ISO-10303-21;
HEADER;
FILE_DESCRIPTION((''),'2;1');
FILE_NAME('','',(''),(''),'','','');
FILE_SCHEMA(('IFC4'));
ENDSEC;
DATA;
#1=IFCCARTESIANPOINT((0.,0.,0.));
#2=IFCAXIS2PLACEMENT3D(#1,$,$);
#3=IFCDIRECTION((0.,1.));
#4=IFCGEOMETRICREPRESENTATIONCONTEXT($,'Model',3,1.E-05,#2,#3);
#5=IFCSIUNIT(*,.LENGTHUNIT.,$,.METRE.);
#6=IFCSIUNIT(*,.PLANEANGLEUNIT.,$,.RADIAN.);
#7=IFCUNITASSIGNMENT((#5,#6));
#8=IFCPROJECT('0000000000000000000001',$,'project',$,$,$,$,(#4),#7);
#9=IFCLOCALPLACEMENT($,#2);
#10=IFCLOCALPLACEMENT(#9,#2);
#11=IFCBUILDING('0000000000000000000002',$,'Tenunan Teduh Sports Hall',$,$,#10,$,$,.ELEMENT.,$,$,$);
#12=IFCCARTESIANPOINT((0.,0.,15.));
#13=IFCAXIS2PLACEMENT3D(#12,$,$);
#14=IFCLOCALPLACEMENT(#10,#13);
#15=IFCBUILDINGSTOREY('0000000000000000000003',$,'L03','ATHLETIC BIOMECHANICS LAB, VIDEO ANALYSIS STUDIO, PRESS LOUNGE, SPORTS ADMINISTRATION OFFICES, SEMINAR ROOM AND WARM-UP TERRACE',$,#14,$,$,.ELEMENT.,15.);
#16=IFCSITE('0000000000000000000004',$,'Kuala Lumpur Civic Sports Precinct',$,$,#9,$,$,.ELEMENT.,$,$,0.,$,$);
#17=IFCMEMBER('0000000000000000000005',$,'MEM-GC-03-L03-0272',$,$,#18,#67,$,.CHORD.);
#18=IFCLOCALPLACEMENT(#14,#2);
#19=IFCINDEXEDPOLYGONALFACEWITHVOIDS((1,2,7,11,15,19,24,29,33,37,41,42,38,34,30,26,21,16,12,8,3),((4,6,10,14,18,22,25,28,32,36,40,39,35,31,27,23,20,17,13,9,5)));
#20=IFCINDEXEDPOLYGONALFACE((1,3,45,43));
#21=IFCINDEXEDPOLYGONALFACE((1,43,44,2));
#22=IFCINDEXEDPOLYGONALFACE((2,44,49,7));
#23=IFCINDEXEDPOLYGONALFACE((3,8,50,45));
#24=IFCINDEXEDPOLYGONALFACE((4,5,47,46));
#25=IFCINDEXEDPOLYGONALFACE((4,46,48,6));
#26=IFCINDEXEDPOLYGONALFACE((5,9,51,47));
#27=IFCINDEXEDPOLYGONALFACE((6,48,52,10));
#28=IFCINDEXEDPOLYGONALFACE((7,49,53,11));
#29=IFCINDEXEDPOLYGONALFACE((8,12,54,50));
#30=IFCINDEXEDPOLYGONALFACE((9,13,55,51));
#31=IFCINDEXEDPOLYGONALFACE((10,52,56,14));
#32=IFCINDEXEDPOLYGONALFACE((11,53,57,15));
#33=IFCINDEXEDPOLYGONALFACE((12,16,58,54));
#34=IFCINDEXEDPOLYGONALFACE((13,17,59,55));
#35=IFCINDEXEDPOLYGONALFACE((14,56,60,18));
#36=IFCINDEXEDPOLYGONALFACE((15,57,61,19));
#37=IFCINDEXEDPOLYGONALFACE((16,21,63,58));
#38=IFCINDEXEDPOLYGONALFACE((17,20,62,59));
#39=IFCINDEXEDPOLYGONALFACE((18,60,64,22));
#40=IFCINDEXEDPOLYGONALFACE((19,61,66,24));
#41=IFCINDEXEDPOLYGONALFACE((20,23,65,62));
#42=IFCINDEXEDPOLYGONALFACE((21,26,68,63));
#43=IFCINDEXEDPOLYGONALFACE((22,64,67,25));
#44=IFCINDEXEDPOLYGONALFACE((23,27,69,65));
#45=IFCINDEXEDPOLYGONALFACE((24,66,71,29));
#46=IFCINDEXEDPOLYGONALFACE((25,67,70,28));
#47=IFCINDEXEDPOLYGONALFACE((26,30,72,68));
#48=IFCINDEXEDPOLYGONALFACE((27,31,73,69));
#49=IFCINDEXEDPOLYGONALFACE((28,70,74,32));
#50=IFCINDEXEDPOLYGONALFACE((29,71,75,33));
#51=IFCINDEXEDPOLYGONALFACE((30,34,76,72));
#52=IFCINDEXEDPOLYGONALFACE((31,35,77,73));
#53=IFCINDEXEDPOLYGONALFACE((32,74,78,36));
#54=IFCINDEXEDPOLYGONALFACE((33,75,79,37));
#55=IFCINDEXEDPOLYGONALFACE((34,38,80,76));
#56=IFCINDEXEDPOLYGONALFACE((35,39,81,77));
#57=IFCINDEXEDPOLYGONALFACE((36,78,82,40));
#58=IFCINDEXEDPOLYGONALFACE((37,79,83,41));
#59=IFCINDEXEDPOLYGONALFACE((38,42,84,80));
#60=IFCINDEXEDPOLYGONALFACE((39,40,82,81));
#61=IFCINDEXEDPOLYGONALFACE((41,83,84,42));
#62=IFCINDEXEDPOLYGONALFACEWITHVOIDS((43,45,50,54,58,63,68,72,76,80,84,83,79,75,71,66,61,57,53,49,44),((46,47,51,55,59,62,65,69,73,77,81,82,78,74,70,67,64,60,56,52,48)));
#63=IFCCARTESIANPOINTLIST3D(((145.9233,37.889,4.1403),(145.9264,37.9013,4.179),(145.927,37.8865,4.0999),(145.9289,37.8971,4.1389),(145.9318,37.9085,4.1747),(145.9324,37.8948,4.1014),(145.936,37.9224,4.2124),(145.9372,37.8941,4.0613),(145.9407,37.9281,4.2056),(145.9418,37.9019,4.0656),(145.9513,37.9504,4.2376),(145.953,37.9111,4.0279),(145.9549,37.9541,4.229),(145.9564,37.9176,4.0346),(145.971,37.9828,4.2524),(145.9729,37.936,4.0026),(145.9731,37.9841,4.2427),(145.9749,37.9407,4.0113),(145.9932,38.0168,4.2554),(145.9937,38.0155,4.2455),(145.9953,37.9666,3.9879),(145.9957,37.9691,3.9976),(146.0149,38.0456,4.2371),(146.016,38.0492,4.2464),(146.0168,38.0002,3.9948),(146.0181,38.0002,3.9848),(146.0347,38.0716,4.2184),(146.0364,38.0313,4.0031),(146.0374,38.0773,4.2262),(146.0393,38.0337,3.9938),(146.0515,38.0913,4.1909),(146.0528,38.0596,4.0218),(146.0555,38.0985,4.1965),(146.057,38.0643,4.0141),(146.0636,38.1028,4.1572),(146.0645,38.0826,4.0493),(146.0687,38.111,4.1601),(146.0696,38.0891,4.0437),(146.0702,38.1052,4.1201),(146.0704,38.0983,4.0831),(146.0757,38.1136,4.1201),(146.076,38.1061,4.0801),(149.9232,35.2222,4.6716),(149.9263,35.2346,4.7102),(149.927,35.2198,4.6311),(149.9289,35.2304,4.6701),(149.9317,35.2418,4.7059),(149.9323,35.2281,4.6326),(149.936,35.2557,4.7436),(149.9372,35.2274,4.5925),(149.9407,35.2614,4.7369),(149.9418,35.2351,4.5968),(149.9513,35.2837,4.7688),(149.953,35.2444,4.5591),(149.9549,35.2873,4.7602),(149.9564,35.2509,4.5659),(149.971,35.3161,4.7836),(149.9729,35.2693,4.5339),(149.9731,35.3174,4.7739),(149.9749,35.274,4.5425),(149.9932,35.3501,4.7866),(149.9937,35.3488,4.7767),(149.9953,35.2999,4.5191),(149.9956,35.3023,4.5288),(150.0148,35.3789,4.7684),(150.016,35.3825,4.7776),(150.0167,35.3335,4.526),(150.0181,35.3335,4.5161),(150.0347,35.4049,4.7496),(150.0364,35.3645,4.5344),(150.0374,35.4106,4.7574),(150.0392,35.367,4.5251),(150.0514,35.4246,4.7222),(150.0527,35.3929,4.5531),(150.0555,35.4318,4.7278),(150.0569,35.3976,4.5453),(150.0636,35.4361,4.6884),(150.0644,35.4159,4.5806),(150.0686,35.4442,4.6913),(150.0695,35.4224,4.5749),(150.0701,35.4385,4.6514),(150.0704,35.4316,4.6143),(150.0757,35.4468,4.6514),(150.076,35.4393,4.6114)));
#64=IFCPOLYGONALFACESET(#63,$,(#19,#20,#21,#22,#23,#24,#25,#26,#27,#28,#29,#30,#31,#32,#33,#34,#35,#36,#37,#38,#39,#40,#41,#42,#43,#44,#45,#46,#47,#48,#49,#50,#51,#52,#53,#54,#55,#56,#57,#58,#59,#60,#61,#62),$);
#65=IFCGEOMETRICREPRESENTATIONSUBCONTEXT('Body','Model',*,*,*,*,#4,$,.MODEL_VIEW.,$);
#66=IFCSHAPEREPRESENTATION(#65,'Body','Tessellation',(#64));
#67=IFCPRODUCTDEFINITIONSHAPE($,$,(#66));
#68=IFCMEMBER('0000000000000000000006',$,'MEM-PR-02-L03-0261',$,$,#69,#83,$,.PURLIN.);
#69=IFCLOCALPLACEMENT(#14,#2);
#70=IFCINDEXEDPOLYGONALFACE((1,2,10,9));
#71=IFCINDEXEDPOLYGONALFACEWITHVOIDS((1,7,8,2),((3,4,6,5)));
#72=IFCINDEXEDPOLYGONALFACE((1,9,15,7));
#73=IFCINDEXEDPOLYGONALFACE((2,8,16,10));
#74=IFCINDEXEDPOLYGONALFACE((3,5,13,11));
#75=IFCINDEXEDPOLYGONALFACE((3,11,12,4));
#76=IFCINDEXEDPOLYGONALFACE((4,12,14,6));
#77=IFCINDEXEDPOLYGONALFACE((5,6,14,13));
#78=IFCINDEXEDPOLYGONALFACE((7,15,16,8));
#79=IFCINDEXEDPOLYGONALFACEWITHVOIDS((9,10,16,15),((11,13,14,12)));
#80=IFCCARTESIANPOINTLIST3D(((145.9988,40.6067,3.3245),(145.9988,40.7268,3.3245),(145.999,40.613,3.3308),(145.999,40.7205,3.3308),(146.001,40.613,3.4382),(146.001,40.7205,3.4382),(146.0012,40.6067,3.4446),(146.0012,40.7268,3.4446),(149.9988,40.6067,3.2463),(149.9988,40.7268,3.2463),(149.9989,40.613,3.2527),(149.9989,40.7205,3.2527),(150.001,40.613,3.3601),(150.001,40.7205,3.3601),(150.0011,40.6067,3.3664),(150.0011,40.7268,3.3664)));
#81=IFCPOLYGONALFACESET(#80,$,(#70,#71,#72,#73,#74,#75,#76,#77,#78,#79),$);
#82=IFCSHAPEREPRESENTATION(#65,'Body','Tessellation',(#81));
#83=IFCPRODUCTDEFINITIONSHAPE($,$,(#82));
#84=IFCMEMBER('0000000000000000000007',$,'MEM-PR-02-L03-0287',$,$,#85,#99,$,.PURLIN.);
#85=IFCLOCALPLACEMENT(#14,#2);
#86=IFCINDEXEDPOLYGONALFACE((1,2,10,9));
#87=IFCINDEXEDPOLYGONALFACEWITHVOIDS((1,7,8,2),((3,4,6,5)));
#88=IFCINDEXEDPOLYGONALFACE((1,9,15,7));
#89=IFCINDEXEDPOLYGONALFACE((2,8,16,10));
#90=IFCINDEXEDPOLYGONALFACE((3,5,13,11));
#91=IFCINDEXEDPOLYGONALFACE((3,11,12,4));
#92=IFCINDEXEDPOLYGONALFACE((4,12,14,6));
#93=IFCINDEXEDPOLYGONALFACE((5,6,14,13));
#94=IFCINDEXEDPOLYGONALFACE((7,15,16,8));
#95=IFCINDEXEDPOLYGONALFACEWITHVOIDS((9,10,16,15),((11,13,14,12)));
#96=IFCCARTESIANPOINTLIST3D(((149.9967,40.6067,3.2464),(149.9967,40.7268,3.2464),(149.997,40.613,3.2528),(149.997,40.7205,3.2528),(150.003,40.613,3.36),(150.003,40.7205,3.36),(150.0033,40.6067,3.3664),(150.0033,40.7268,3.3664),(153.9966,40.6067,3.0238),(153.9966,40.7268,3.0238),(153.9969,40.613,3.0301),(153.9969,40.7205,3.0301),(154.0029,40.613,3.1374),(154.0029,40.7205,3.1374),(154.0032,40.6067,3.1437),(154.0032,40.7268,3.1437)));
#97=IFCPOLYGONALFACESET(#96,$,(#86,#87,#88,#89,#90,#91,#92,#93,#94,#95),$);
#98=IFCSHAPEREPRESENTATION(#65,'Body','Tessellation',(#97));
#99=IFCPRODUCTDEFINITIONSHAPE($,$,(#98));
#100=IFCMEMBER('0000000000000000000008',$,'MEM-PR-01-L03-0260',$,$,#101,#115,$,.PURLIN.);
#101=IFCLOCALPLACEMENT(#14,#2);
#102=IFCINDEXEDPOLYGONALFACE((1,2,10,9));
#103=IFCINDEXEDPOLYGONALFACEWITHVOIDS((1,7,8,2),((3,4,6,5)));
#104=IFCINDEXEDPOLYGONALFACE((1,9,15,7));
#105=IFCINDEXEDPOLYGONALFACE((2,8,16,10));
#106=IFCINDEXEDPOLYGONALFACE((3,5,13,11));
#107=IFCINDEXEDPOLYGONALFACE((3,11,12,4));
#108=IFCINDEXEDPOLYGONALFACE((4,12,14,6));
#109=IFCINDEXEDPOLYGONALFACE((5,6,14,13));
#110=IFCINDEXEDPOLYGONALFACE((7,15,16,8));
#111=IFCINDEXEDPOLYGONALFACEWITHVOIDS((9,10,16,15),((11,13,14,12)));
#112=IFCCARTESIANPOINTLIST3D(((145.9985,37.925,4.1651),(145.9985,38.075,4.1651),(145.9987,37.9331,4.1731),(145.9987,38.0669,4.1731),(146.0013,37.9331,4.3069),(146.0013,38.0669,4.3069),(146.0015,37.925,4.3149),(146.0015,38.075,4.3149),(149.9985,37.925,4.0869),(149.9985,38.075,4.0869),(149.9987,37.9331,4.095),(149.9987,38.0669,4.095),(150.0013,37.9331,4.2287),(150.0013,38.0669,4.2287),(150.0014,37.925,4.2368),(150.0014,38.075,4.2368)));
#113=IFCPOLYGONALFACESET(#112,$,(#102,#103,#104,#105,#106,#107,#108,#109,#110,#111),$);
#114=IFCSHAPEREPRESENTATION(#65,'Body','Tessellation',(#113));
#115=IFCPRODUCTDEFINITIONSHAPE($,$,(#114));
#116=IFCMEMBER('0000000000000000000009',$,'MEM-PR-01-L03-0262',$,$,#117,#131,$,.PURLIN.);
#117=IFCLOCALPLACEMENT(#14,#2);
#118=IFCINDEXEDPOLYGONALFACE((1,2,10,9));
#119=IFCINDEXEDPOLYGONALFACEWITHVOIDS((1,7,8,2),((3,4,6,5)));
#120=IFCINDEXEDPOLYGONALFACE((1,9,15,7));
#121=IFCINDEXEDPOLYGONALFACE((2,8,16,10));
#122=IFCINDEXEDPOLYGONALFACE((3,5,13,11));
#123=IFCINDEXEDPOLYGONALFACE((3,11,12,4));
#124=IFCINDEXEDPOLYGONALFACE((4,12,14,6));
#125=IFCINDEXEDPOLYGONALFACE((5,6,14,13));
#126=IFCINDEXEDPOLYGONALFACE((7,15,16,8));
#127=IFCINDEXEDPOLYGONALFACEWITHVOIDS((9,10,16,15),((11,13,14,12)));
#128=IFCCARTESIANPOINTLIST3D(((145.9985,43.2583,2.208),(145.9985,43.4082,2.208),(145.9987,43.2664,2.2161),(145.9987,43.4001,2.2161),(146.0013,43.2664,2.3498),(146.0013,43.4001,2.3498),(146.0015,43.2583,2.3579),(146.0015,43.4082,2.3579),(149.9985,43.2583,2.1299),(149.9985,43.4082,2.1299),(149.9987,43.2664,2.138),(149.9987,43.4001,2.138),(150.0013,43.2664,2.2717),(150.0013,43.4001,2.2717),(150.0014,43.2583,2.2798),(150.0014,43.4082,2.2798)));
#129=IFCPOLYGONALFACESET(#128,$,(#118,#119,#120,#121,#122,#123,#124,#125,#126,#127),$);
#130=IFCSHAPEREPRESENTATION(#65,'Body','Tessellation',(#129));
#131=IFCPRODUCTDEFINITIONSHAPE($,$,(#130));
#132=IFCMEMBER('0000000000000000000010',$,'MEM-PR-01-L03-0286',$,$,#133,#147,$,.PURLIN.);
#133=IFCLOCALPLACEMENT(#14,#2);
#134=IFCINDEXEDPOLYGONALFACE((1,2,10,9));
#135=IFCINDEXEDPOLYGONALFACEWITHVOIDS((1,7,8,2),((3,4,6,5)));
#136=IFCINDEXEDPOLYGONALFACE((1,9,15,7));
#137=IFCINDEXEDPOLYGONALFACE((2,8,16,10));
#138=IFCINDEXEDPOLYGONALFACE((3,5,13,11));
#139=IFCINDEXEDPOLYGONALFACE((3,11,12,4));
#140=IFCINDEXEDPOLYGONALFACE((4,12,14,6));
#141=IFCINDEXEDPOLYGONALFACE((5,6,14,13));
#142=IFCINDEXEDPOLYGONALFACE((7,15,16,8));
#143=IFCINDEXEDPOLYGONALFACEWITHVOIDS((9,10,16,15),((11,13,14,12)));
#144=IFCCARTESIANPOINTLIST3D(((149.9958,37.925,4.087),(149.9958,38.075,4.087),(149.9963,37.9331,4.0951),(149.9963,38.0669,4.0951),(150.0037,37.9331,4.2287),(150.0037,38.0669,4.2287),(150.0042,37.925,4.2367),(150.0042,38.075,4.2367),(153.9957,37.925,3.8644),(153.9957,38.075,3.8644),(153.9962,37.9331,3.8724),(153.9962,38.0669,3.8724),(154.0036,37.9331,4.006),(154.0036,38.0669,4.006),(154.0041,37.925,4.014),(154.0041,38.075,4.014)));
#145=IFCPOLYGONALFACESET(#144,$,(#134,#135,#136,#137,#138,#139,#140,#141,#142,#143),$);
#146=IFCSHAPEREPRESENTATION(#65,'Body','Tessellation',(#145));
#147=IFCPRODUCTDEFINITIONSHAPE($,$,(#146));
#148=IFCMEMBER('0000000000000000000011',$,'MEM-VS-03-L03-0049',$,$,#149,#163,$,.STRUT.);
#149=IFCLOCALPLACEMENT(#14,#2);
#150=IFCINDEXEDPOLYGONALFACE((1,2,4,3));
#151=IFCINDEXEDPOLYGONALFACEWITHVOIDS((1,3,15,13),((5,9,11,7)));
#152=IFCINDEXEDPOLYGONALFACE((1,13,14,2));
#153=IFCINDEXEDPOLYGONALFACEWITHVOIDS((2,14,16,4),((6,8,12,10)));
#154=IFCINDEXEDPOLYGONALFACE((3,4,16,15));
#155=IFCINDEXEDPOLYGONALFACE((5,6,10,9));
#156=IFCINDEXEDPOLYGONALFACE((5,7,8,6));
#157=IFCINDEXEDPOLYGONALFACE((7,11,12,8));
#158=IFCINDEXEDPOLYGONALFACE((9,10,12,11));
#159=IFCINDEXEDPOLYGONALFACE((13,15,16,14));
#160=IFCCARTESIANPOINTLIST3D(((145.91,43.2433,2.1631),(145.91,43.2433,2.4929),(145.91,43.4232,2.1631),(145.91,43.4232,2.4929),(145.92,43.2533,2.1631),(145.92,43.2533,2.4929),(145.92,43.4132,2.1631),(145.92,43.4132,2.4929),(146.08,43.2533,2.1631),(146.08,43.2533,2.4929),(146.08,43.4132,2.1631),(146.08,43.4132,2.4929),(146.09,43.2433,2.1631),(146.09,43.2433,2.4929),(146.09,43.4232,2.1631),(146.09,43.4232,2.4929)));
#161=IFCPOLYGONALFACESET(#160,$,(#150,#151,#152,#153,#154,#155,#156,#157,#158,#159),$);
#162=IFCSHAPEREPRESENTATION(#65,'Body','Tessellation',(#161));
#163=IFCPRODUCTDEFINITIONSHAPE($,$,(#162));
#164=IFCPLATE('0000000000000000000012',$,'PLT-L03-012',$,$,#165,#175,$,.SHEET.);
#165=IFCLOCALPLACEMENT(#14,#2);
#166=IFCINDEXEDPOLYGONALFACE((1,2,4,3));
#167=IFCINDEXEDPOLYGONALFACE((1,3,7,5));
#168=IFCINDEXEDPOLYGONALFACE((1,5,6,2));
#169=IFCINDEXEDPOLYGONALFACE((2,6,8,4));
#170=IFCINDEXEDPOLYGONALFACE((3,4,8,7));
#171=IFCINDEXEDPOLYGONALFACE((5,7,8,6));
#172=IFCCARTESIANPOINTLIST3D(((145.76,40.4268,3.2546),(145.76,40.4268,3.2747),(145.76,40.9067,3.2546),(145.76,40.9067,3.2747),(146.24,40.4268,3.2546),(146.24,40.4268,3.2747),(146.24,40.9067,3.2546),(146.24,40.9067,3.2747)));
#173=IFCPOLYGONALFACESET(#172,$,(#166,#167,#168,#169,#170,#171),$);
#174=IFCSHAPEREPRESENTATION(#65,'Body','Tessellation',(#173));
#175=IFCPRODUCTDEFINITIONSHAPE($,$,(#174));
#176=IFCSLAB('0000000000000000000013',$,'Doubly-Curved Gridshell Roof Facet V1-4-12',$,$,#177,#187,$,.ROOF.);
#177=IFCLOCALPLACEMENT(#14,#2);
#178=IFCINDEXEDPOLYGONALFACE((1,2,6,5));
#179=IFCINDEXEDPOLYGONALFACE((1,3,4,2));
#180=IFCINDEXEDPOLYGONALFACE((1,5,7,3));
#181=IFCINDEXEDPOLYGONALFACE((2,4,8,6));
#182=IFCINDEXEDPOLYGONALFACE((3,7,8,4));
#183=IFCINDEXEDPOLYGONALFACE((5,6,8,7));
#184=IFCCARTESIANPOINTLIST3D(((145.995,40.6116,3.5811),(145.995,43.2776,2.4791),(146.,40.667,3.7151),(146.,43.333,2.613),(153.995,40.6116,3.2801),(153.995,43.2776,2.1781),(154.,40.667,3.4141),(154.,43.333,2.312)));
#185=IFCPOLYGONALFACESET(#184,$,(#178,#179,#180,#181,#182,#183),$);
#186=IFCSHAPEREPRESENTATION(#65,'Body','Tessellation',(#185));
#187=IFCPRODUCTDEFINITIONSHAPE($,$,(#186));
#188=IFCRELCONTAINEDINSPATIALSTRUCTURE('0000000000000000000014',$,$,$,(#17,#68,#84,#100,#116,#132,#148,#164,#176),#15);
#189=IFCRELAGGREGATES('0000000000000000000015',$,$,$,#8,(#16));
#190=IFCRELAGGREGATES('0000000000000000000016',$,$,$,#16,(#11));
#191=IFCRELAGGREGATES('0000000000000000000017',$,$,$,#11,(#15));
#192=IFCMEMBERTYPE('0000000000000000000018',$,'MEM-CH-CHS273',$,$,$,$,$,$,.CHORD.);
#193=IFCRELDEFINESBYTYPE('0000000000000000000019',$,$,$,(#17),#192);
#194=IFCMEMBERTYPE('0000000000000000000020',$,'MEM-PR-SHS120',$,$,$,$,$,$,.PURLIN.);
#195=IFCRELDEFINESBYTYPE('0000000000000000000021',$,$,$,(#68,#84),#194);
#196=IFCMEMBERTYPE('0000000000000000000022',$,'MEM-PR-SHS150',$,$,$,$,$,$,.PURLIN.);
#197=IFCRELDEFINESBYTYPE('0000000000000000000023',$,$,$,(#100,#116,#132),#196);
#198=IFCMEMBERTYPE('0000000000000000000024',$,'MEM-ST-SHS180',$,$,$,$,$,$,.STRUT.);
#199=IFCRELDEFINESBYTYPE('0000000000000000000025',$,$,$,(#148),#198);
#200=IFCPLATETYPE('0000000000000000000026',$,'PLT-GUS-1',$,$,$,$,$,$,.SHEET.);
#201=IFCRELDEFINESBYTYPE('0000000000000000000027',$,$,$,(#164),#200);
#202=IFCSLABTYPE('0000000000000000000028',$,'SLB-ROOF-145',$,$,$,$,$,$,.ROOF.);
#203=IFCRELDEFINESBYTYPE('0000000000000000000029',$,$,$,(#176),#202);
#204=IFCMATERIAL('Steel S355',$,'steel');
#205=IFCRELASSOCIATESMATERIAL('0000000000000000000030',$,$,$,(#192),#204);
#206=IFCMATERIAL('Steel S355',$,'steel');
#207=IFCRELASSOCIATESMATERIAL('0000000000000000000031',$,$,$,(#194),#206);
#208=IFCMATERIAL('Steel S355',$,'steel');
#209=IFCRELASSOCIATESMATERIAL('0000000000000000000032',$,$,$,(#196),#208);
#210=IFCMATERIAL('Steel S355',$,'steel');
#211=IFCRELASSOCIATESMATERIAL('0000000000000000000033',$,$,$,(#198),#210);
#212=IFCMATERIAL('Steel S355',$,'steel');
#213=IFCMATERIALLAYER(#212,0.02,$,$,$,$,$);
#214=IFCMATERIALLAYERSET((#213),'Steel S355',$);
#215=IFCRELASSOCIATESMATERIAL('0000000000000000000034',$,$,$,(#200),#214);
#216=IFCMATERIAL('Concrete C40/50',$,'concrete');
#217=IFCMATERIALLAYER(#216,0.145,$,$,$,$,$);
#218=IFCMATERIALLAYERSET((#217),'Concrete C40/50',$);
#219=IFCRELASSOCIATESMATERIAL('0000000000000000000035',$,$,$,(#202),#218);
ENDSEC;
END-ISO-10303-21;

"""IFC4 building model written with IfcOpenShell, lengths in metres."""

from ifc_helpers import new_model, si_unit, direction, frame, origin, origin_2d, place, context, subcontext, project, spatial, polyline, rectangle, hollow_rectangle, hollow_circle, outline, extrude, material, layer, layer_set, material_profile, profile_set, type_object, element, save


model = new_model("IFC4")

# Units and contexts
model_context = context("Model", 3, precision=1e-05, world=origin(), true_north=direction((0.0, 1.0)))
body_context = subcontext(model_context, "Body", "Model", "MODEL_VIEW")
ifc_project = project(units=[si_unit("LENGTHUNIT", "METRE"), si_unit("PLANEANGLEUNIT", "RADIAN")], contexts=[model_context])

# Site, building, storey
site_placement = place(None, origin())
site = spatial("IfcSite", under=ifc_project, at=site_placement, Name="Kuala Lumpur Civic Sports Precinct", CompositionType="ELEMENT", RefElevation=0.0)
building_placement = place(site_placement, origin())
building = spatial("IfcBuilding", under=site, at=building_placement, Name="Tenunan Teduh Sports Hall", CompositionType="ELEMENT")
storey_placement = place(building_placement, frame((0.0, 0.0, 15.0)))
storey = spatial("IfcBuildingStorey", under=building, at=storey_placement, Name="L03", Description="ATHLETIC BIOMECHANICS LAB, VIDEO ANALYSIS STUDIO, PRESS LOUNGE, SPORTS ADMINISTRATION OFFICES, SEMINAR ROOM AND WARM-UP TERRACE", CompositionType="ELEMENT", Elevation=15.0)

# Members
ifc_material_1 = material(Name="Steel S355", Category="steel")
ifc_material_profile_1 = material_profile(ifc_material_1, hollow_circle(Radius=0.1365, WallThickness=0.01, at=origin_2d()), Name="CHS 273.0x10.0")
ifc_profile_set_1 = profile_set([ifc_material_profile_1], Name="Steel S355")
member_type_1 = type_object("IfcMemberType", Name="MEM-CH-CHS273", PredefinedType="CHORD", material=ifc_profile_set_1)
member_1_placement = place(storey_placement, frame((146.0, 38.0, 4.1201), z_axis=(0.827008, -0.551356, 0.109837), x_axis=(0.554712, 0.832042, 0.0)))
element("IfcMember", 1, at=member_1_placement, inside=storey, type_object=member_type_1, Name="MEM-GC-03-L03-0272", PredefinedType="CHORD", context=body_context, shape_type="SweptSolid", body=[
    extrude(hollow_circle(Radius=0.1365, WallThickness=0.01, at=origin_2d()), origin(), (0.0, 0.0, 1.0), 4.8367),
])
ifc_material_2 = material(Name="Steel S355", Category="steel")
ifc_material_profile_2 = material_profile(ifc_material_2, hollow_rectangle(XDim=0.1201, YDim=0.1201, WallThickness=0.0063, at=origin_2d()), Name="SHS 120x120x6.3")
ifc_profile_set_2 = profile_set([ifc_material_profile_2], Name="Steel S355")
member_type_2 = type_object("IfcMemberType", Name="MEM-PR-SHS120", PredefinedType="PURLIN", material=ifc_profile_set_2)
member_2_placement = place(storey_placement, frame((146.0, 40.6667, 3.3845), z_axis=(0.999809, 0.0, -0.019528), x_axis=(0.0, 1.0, 0.0)))
element("IfcMember", 2, at=member_2_placement, inside=storey, type_object=member_type_2, Name="MEM-PR-02-L03-0261", PredefinedType="PURLIN", context=body_context, shape_type="SweptSolid", body=[
    extrude(hollow_rectangle(XDim=0.1201, YDim=0.1201, WallThickness=0.0063, at=origin_2d()), origin(), (0.0, 0.0, 1.0), 4.0007),
])
member_3_placement = place(storey_placement, frame((150.0, 40.6667, 3.3064), z_axis=(0.998454, 0.0, -0.055578), x_axis=(0.0, 1.0, 0.0)))
element("IfcMember", 3, at=member_3_placement, inside=storey, type_object=member_type_2, Name="MEM-PR-02-L03-0287", PredefinedType="PURLIN", context=body_context, shape_type="SweptSolid", body=[
    extrude(hollow_rectangle(XDim=0.1201, YDim=0.1201, WallThickness=0.0063, at=origin_2d()), origin(), (0.0, 0.0, 1.0), 4.0061),
])
ifc_material_3 = material(Name="Steel S355", Category="steel")
ifc_material_profile_3 = material_profile(ifc_material_3, hollow_rectangle(XDim=0.1499, YDim=0.1499, WallThickness=0.0081, at=origin_2d()), Name="SHS 150x150x8.0")
ifc_profile_set_3 = profile_set([ifc_material_profile_3], Name="Steel S355")
member_type_3 = type_object("IfcMemberType", Name="MEM-PR-SHS150", PredefinedType="PURLIN", material=ifc_profile_set_3)
for number, where, z_axis, x_axis, name in (
    (4, (146.0, 38.0, 4.24), (0.999809, 0.0, -0.019528), (0.0, 1.0, 0.0), "MEM-PR-01-L03-0260"),
    (5, (146.0, 43.3333, 2.283), (0.999809, 0.0, -0.019528), (0.0, 1.0, 0.0), "MEM-PR-01-L03-0262"),
):
    element("IfcMember", number, at=place(storey_placement, frame(where, z_axis=z_axis, x_axis=x_axis)), inside=storey, type_object=member_type_3, Name=name, PredefinedType="PURLIN", context=body_context, shape_type="SweptSolid", body=[
        extrude(hollow_rectangle(XDim=0.1499, YDim=0.1499, WallThickness=0.0081, at=origin_2d()), origin(), (0.0, 0.0, 1.0), 4.0007),
    ])
member_4_placement = place(storey_placement, frame((150.0, 38.0, 4.1619), z_axis=(0.998454, 0.0, -0.055578), x_axis=(0.0, 1.0, 0.0)))
element("IfcMember", 6, at=member_4_placement, inside=storey, type_object=member_type_3, Name="MEM-PR-01-L03-0286", PredefinedType="PURLIN", context=body_context, shape_type="SweptSolid", body=[
    extrude(hollow_rectangle(XDim=0.1499, YDim=0.1499, WallThickness=0.0081, at=origin_2d()), origin(), (0.0, 0.0, 1.0), 4.0061),
])
ifc_material_4 = material(Name="Steel S355", Category="steel")
ifc_material_profile_4 = material_profile(ifc_material_4, hollow_rectangle(XDim=0.1799, YDim=0.1799, WallThickness=0.01, at=origin_2d()), Name="SHS 180x180x10.0")
ifc_profile_set_4 = profile_set([ifc_material_profile_4], Name="Steel S355")
member_type_4 = type_object("IfcMemberType", Name="MEM-ST-SHS180", PredefinedType="STRUT", material=ifc_profile_set_4)
member_5_placement = place(storey_placement, frame((146.0, 43.3333, 2.1631), z_axis=(0.0, 0.0, 1.0), x_axis=(1.0, 0.0, 0.0)))
element("IfcMember", 7, at=member_5_placement, inside=storey, type_object=member_type_4, Name="MEM-VS-03-L03-0049", PredefinedType="STRUT", context=body_context, shape_type="SweptSolid", body=[
    extrude(hollow_rectangle(XDim=0.1799, YDim=0.1799, WallThickness=0.01, at=origin_2d()), origin(), (0.0, 0.0, 1.0), 0.3298),
])

# Plate
ifc_material_5 = material(Name="Steel S355", Category="steel")
ifc_layer_1 = layer(ifc_material_5, 0.02)
ifc_layer_set_1 = layer_set([ifc_layer_1], Name="Steel S355")
plate_type = type_object("IfcPlateType", Name="PLT-GUS-1", PredefinedType="SHEET", material=ifc_layer_set_1)
plate_placement = place(storey_placement, frame((146.0, 40.6667, 3.2546), z_axis=(0.0, 0.0, 1.0), x_axis=(1.0, 0.0, 0.0)))
element("IfcPlate", 8, at=plate_placement, inside=storey, type_object=plate_type, Name="PLT-L03-012", PredefinedType="SHEET", context=body_context, shape_type="SweptSolid", body=[
    extrude(rectangle(XDim=0.48, YDim=0.48, at=origin_2d()), origin(), (0.0, 0.0, 1.0), 0.02),
])

# Slab
ifc_material_6 = material(Name="Concrete C40/50", Category="concrete")
ifc_layer_2 = layer(ifc_material_6, 0.145)
ifc_layer_set_2 = layer_set([ifc_layer_2], Name="Concrete C40/50")
slab_type_1 = type_object("IfcSlabType", Name="SLB-ROOF-145", PredefinedType="ROOF", material=ifc_layer_set_2)
slab_1_placement = place(storey_placement, frame((146.0, 40.667, 3.7151), z_axis=(0.034753, 0.381787, 0.923597), x_axis=(0.999293, 0.0, -0.037602)))
element("IfcSlab", 9, at=slab_1_placement, inside=storey, type_object=slab_type_1, Name="Doubly-Curved Gridshell Roof Facet V1-4-12", PredefinedType="ROOF", context=body_context, shape_type="SweptSolid", body=[
    extrude(outline(polyline([(0.0, 0.0), (8.0057, 0.0), (8.0471, 2.8845), (0.0414, 2.8845), (0.0, 0.0)])), origin(), (0.0, 0.0, -1.0), 0.145),
])

save(model, "model.ifc")
